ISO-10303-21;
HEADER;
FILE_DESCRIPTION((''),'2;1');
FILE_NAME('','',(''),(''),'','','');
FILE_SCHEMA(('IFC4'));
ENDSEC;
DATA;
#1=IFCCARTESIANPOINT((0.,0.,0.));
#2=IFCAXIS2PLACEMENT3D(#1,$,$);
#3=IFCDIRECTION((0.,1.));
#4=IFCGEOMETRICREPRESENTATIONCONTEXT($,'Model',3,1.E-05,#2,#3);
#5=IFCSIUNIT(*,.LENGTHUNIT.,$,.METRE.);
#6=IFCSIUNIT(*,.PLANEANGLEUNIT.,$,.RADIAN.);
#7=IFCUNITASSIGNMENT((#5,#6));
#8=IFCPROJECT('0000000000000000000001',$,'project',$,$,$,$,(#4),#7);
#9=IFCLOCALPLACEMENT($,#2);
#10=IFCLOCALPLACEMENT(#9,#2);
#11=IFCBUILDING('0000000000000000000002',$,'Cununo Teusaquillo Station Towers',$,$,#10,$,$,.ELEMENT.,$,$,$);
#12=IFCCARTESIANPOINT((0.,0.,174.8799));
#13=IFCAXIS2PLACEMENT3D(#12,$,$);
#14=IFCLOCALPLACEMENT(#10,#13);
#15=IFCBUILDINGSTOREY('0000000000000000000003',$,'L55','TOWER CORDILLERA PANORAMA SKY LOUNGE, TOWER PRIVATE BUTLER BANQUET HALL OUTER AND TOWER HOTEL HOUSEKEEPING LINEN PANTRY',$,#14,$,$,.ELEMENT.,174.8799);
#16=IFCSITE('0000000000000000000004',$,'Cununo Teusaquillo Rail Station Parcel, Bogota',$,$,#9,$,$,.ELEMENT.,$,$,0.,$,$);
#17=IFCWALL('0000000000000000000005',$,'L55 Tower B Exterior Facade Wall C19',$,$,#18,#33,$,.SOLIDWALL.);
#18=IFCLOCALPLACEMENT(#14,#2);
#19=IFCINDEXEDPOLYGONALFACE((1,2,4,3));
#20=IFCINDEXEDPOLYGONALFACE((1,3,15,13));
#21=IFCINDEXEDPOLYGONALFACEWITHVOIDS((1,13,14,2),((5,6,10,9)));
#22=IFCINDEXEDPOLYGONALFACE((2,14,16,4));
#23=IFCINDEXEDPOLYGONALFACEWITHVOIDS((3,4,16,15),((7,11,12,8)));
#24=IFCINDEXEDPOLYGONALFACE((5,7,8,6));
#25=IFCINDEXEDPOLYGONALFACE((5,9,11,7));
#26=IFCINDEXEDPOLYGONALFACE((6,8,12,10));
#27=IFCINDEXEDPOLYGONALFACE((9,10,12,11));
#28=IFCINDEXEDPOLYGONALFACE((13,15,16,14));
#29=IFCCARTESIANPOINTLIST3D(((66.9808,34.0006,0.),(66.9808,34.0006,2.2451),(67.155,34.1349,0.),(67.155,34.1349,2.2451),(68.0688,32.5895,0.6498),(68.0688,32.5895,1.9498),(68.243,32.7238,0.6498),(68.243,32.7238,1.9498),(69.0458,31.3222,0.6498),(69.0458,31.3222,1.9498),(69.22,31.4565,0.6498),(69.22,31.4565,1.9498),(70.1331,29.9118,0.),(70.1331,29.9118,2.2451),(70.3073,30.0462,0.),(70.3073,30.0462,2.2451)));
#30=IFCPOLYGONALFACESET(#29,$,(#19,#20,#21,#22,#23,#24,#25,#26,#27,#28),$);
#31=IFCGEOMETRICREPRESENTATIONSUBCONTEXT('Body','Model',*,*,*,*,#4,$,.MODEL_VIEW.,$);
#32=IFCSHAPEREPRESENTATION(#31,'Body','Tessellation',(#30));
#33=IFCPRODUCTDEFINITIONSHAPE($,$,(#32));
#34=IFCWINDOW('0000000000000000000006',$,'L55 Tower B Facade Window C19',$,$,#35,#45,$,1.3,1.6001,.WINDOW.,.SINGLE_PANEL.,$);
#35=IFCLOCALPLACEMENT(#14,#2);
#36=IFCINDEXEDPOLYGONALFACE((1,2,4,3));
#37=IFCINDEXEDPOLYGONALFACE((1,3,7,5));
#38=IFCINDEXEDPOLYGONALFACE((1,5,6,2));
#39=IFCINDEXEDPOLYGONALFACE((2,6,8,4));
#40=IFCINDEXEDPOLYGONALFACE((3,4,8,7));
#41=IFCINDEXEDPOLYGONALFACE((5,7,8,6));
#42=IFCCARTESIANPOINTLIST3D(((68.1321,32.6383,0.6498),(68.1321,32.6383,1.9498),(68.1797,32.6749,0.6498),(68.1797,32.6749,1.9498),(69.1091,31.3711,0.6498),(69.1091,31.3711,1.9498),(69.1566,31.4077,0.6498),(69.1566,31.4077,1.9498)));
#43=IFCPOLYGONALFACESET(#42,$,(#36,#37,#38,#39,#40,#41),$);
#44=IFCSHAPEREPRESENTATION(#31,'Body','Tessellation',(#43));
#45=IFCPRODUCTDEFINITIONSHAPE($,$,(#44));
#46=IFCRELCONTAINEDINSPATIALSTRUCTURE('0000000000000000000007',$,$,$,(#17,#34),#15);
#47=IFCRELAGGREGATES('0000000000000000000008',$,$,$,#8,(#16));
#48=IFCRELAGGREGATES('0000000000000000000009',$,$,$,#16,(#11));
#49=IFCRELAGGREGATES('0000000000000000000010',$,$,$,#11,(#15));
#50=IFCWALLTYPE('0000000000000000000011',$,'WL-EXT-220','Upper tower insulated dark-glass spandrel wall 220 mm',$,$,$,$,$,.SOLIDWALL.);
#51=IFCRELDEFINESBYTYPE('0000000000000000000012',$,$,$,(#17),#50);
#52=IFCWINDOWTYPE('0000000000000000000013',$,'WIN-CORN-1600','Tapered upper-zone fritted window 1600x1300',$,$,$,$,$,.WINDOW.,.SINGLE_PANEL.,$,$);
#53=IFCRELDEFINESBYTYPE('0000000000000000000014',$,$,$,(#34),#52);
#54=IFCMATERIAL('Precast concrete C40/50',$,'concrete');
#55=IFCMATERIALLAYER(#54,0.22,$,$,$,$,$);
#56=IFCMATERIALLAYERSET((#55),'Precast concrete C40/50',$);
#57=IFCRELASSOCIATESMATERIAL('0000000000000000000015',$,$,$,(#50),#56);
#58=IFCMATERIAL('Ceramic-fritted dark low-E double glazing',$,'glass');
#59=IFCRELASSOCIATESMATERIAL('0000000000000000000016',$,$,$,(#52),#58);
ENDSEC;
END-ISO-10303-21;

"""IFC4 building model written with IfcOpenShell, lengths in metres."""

from ifc_helpers import new_model, si_unit, direction, frame, frame_2d, origin, place, context, subcontext, project, spatial, rectangle, extrude, source, transform, mapped, material, layer, layer_set, type_object, element, fill, save


model = new_model("IFC4")

# Units and contexts
model_context = context("Model", 3, precision=1e-05, world=origin(), true_north=direction((0.0, 1.0)))
body_context = subcontext(model_context, "Body", "Model", "MODEL_VIEW")
ifc_project = project(units=[si_unit("LENGTHUNIT", "METRE"), si_unit("PLANEANGLEUNIT", "RADIAN")], contexts=[model_context])

# Site, building, storey
site_placement = place(None, origin())
site = spatial("IfcSite", under=ifc_project, at=site_placement, Name="Cununo Teusaquillo Rail Station Parcel, Bogota", CompositionType="ELEMENT", RefElevation=0.0)
building_placement = place(site_placement, origin())
building = spatial("IfcBuilding", under=site, at=building_placement, Name="Cununo Teusaquillo Station Towers", CompositionType="ELEMENT")
storey_placement = place(building_placement, frame((0.0, 0.0, 174.8799)))
storey = spatial("IfcBuildingStorey", under=building, at=storey_placement, Name="L55", Description="TOWER CORDILLERA PANORAMA SKY LOUNGE, TOWER PRIVATE BUTLER BANQUET HALL OUTER AND TOWER HOTEL HOUSEKEEPING LINEN PANTRY", CompositionType="ELEMENT", Elevation=174.8799)

# Shared definitions
ifc_material_1 = material(Name="Precast concrete C40/50", Category="concrete")
ifc_layer_1 = layer(ifc_material_1, 0.22)
ifc_layer_set_1 = layer_set([ifc_layer_1], Name="Precast concrete C40/50")
wall_type = type_object("IfcWallType", Name="WL-EXT-220", Description="Upper tower insulated dark-glass spandrel wall 220 mm", PredefinedType="SOLIDWALL", material=ifc_layer_set_1)

# Wall, opening, window
wall_1_placement = place(storey_placement, frame((67.0679, 34.0679, 0.0), z_axis=(0.0, 0.0, 1.0), x_axis=(0.61057, -0.791963, 0.0)))
wall_1 = element("IfcWall", 1, at=wall_1_placement, inside=storey, type_object=wall_type, Name="L55 Tower B Exterior Facade Wall C19", PredefinedType="SOLIDWALL", context=body_context, shape_type="SweptSolid", body=[
    extrude(rectangle(XDim=5.1628, YDim=0.22, at=frame_2d((2.5815, 0.0))), origin(), (0.0, 0.0, 1.0), 2.2451),
])
shared_shape_1 = source(origin(), body_context, "Body", "SweptSolid", [
    extrude(rectangle(XDim=1.6001, YDim=1.3, at=frame_2d((0.8, 0.6499))), frame((0.0, 0.1199, 0.0), z_axis=(0.0, -1.0, 0.0), x_axis=(1.0, 0.0, 0.0)), (0.0, 0.0, 1.0), 0.24),
])
opening_placement = place(wall_1_placement, frame((1.782, 0.0, 0.6499)))
opening = element("IfcOpeningElement", 2, at=opening_placement, cuts=wall_1, PredefinedType="OPENING", context=body_context, shape_type="MappedRepresentation", body=[
    mapped(shared_shape_1, transform((0.0, 0.0, 0.0), x_axis=(1.0, 0.0, 0.0), y_axis=(0.0, 1.0, 0.0), z_axis=(0.0, 0.0, 1.0), scale=1.0)),
])
ifc_material_2 = material(Name="Ceramic-fritted dark low-E double glazing", Category="glass")
window_type = type_object("IfcWindowType", Name="WIN-CORN-1600", Description="Tapered upper-zone fritted window 1600x1300", PartitioningType="SINGLE_PANEL", PredefinedType="WINDOW", material=ifc_material_2)
shared_shape_2 = source(origin(), body_context, "Body", "SweptSolid", [
    extrude(rectangle(XDim=1.6001, YDim=1.3, at=frame_2d((0.8, 0.6499))), frame((0.0, 0.03, 0.0), z_axis=(0.0, -1.0, 0.0), x_axis=(1.0, 0.0, 0.0)), (0.0, 0.0, 1.0), 0.0601),
])
window_placement = place(opening_placement, origin())
window = element("IfcWindow", 3, at=window_placement, inside=storey, type_object=window_type, Name="L55 Tower B Facade Window C19", OverallHeight=1.3, OverallWidth=1.6001, PartitioningType="SINGLE_PANEL", PredefinedType="WINDOW", context=body_context, shape_type="MappedRepresentation", body=[
    mapped(shared_shape_2, transform((0.0, 0.0, 0.0), x_axis=(1.0, 0.0, 0.0), y_axis=(0.0, 1.0, 0.0), z_axis=(0.0, 0.0, 1.0), scale=1.0)),
])
fill(opening, window)

save(model, "model.ifc")
